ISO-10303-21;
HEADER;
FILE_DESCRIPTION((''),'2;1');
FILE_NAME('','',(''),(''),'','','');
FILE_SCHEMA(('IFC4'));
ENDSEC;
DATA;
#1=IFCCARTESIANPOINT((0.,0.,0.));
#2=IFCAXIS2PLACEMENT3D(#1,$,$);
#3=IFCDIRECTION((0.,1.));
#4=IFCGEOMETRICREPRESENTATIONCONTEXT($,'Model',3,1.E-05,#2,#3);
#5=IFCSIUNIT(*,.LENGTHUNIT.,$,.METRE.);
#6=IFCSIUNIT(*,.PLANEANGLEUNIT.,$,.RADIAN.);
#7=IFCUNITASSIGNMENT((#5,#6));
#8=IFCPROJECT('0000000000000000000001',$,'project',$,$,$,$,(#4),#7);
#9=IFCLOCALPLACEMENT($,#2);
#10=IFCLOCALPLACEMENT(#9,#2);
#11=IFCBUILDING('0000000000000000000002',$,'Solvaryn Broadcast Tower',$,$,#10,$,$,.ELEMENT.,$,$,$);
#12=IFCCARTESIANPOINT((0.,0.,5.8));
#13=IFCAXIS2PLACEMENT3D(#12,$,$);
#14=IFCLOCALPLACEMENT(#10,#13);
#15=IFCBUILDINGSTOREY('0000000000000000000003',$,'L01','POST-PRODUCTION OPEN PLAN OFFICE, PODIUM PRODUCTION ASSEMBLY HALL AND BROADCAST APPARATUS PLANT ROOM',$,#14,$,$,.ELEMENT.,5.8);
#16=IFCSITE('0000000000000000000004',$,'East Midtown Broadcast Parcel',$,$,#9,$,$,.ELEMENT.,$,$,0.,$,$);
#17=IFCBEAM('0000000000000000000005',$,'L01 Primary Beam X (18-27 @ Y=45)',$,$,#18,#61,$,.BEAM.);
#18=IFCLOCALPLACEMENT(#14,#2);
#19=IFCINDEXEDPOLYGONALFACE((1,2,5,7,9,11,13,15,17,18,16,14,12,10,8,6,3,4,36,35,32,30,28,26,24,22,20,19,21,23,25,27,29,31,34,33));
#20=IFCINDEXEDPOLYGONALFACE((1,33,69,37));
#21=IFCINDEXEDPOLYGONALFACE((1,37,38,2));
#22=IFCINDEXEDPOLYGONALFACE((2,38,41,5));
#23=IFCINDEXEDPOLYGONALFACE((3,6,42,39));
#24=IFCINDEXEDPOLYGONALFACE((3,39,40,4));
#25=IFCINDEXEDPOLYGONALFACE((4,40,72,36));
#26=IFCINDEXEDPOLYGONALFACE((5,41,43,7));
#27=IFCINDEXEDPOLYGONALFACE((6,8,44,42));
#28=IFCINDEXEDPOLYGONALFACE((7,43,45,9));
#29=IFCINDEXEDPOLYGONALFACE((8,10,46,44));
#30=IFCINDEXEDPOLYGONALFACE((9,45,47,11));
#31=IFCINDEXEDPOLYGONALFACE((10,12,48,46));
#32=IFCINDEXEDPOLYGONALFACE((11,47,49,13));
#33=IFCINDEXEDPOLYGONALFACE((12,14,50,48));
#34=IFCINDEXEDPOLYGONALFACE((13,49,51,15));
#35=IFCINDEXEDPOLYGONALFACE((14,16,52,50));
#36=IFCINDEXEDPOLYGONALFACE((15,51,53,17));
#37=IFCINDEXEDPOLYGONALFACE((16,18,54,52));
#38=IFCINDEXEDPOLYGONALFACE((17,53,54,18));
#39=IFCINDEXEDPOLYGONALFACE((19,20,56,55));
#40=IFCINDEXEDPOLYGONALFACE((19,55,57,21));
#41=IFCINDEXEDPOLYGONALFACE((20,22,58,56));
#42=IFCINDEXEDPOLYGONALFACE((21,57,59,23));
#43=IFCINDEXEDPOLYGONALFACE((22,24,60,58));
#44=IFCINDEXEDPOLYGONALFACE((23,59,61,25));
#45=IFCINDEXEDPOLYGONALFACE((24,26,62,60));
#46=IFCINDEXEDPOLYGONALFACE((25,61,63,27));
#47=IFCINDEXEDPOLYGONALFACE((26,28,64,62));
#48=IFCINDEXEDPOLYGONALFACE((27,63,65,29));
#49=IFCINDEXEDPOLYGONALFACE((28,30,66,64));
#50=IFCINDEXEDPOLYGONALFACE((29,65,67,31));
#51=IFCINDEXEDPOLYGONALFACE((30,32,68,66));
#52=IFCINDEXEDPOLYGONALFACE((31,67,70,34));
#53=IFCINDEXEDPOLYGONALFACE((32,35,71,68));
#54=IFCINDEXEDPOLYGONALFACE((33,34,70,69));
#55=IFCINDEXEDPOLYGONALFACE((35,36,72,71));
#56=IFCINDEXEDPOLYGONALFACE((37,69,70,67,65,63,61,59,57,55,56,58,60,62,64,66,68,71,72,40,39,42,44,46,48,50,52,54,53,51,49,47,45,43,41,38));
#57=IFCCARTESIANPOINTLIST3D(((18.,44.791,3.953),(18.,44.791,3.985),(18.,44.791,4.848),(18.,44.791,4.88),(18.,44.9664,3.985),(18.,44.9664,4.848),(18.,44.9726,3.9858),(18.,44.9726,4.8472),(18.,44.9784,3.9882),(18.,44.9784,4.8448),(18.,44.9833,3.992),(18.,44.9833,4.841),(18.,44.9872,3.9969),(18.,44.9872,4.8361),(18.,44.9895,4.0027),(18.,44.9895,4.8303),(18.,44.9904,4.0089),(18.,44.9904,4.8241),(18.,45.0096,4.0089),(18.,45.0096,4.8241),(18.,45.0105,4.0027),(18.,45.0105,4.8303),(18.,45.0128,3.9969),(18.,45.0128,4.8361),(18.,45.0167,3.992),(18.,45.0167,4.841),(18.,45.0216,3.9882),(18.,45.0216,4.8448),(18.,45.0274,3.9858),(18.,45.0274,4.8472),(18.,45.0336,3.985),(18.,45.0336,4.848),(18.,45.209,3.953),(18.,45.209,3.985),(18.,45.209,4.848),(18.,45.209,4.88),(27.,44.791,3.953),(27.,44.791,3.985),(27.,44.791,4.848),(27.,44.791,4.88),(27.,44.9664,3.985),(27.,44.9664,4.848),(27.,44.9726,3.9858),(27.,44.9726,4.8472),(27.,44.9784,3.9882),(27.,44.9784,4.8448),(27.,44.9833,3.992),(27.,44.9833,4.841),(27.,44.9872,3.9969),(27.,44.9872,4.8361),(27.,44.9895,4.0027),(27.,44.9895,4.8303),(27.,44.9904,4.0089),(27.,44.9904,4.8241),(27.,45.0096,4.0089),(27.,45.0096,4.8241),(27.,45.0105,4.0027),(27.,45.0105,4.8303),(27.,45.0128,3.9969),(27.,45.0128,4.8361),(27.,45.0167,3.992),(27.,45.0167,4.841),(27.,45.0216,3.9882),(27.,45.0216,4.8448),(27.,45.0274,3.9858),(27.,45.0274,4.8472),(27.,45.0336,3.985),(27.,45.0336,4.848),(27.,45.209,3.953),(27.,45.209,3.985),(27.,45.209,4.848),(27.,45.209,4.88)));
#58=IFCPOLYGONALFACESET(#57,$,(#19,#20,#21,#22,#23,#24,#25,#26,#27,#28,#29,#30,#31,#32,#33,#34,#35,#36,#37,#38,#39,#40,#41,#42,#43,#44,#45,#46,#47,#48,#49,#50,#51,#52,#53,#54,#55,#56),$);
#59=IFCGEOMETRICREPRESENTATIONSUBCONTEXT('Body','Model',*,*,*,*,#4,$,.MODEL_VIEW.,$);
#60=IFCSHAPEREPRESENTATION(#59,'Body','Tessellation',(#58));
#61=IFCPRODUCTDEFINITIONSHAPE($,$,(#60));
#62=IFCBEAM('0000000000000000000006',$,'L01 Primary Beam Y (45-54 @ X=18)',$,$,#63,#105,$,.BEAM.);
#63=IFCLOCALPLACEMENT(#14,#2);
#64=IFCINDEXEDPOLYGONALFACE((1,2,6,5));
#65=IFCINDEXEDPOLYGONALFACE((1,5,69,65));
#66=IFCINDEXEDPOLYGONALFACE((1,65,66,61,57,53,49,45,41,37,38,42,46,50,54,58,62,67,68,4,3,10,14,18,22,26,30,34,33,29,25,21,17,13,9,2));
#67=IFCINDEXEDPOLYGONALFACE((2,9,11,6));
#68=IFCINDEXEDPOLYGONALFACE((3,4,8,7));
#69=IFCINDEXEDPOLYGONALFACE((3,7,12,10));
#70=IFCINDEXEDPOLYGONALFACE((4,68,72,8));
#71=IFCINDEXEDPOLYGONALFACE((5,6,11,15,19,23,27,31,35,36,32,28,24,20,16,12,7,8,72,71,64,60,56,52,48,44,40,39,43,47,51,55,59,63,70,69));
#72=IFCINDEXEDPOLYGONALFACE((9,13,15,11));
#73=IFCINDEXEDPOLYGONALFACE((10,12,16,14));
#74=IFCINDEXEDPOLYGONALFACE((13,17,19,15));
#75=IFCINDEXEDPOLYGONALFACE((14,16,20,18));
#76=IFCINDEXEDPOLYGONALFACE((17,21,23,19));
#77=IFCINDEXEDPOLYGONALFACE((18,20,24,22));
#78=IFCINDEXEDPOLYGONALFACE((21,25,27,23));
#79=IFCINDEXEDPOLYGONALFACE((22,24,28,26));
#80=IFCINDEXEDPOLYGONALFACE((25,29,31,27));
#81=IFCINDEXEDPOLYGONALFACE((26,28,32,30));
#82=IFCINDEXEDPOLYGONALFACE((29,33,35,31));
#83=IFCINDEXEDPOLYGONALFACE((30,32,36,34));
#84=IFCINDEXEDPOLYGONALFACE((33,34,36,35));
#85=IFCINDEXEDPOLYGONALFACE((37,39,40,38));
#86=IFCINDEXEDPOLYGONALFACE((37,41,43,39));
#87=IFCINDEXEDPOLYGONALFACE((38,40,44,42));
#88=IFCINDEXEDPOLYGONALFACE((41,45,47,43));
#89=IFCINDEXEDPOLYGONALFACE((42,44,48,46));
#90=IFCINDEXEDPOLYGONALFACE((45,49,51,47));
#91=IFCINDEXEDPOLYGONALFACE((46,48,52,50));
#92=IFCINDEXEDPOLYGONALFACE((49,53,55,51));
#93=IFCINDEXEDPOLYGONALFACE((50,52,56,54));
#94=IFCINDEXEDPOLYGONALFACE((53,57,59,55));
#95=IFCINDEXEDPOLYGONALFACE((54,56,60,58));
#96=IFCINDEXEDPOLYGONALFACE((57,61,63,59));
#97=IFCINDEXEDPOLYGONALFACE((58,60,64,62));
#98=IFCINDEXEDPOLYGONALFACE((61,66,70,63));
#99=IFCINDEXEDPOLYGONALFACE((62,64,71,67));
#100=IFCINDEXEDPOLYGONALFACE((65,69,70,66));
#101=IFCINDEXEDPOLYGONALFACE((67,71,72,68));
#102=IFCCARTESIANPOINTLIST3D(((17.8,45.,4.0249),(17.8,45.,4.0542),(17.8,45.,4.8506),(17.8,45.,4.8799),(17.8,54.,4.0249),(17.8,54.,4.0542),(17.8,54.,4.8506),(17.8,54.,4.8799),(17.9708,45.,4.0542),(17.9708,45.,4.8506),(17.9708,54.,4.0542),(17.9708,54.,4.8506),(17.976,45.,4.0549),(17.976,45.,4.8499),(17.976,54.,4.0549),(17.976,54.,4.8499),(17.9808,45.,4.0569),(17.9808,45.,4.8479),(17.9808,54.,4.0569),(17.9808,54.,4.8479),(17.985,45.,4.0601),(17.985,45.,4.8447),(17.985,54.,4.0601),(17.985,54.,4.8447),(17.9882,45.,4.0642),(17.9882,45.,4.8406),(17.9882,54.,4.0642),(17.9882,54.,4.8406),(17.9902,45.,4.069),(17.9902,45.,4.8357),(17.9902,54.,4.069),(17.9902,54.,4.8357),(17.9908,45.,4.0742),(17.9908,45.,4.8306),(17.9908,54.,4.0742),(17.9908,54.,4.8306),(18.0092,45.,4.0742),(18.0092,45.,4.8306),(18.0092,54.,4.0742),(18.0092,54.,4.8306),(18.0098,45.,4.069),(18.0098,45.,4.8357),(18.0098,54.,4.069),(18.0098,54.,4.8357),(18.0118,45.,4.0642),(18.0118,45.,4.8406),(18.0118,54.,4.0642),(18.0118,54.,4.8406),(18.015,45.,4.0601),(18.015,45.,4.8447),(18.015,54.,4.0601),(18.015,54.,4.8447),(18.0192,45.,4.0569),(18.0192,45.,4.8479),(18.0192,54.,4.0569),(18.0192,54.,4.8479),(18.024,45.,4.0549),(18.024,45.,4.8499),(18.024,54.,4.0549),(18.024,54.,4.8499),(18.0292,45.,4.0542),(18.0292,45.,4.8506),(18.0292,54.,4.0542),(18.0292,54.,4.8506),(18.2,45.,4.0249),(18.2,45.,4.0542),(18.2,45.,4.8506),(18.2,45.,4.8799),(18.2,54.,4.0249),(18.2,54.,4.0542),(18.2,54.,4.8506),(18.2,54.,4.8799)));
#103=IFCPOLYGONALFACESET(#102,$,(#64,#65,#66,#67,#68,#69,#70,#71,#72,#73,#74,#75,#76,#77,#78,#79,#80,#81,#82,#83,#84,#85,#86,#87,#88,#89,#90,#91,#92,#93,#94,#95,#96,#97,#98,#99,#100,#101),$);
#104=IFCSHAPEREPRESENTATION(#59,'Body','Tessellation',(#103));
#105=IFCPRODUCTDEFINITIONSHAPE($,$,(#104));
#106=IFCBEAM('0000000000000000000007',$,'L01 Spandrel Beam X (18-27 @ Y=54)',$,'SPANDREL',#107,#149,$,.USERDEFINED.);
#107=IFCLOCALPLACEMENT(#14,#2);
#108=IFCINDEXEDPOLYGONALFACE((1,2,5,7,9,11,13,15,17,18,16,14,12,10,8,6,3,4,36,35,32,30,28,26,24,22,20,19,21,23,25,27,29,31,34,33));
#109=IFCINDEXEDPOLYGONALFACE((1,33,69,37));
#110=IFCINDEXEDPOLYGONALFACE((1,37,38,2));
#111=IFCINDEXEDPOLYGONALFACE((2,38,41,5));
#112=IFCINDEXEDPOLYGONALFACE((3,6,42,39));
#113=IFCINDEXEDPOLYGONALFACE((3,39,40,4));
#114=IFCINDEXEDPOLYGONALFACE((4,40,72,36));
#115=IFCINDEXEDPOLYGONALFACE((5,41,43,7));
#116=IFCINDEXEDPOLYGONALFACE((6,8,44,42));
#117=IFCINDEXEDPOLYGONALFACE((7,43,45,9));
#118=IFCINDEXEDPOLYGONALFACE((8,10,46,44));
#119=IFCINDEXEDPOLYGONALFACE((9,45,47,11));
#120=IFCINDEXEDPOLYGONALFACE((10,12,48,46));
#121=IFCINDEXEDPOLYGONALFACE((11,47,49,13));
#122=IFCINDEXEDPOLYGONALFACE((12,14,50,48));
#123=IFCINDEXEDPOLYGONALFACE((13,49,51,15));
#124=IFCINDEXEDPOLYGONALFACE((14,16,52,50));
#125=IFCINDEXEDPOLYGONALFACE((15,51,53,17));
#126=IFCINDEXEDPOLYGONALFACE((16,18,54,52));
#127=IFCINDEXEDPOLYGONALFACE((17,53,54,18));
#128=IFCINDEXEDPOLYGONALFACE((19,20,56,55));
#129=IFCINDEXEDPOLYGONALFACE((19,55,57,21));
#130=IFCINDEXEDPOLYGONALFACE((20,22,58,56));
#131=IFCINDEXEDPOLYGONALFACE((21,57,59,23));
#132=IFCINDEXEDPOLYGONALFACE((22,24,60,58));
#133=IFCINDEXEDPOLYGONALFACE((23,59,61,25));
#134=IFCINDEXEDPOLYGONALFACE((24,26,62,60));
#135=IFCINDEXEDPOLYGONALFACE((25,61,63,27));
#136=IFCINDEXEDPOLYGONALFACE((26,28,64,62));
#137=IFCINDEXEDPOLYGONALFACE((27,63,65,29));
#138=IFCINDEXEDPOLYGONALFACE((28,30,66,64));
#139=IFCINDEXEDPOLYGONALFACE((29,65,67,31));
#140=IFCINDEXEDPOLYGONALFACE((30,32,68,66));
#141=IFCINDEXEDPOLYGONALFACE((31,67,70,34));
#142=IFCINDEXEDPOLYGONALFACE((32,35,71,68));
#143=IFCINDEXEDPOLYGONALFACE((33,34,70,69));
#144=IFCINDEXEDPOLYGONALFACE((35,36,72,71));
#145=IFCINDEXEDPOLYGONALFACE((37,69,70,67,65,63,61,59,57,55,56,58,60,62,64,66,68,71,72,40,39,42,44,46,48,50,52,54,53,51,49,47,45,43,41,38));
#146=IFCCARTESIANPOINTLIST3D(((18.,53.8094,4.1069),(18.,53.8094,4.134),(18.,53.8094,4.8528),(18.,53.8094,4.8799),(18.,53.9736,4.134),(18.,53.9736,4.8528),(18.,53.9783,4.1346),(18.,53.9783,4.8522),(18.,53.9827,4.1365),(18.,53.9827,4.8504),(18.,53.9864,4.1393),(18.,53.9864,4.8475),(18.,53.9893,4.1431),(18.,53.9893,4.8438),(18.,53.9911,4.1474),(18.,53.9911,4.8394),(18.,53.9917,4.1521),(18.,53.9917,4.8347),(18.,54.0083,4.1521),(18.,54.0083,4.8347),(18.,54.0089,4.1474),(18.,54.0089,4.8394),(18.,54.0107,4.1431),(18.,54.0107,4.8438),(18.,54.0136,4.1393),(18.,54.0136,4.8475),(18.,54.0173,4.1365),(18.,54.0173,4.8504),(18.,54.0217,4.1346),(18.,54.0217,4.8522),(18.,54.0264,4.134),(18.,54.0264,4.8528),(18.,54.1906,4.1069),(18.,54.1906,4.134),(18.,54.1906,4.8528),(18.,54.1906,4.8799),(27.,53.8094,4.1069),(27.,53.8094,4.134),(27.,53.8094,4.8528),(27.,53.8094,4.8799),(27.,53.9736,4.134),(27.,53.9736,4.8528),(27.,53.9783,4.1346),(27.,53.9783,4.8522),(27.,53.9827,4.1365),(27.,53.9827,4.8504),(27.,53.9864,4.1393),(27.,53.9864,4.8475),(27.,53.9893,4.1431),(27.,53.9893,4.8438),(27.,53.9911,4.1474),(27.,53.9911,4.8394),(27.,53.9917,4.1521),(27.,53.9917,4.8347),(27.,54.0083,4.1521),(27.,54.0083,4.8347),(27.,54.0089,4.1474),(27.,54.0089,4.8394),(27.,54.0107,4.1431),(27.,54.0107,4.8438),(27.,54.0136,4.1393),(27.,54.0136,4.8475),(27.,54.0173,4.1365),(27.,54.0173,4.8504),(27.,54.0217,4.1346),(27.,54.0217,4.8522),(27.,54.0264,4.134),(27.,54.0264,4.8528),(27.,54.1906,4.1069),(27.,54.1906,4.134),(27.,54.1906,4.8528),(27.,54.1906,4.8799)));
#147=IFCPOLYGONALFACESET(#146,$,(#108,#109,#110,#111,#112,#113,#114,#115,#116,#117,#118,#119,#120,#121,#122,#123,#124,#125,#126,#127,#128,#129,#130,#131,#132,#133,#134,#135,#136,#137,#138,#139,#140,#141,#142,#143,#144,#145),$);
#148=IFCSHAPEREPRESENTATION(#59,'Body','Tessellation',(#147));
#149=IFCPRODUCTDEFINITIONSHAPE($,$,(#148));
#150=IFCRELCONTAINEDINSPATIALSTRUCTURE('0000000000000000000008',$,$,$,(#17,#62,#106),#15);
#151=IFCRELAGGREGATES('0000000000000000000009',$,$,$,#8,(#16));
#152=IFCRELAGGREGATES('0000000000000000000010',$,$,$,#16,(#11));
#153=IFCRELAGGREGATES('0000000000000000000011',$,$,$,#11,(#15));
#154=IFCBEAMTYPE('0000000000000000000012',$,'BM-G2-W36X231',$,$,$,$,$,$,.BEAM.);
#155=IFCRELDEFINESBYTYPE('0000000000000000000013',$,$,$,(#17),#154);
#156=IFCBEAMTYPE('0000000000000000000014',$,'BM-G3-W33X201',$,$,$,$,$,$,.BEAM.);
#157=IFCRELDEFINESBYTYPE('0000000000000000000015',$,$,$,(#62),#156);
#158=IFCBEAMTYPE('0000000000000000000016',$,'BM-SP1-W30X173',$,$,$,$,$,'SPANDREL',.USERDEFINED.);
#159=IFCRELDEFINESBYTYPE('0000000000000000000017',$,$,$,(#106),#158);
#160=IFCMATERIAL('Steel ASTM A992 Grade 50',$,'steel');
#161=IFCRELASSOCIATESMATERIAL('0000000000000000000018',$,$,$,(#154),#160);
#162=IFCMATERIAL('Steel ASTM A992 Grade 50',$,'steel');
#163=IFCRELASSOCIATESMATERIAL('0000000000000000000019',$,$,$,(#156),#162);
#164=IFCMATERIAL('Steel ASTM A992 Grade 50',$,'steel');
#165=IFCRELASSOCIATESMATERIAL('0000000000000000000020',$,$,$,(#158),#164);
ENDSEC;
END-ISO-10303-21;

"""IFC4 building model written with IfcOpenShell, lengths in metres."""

from ifc_helpers import new_model, si_unit, direction, frame, origin, origin_2d, place, context, subcontext, project, spatial, i_section, extrude, material, material_profile, profile_set, type_object, element, save


model = new_model("IFC4")

# Units and contexts
model_context = context("Model", 3, precision=1e-05, world=origin(), true_north=direction((0.0, 1.0)))
body_context = subcontext(model_context, "Body", "Model", "MODEL_VIEW")
ifc_project = project(units=[si_unit("LENGTHUNIT", "METRE"), si_unit("PLANEANGLEUNIT", "RADIAN")], contexts=[model_context])

# Site, building, storey
site_placement = place(None, origin())
site = spatial("IfcSite", under=ifc_project, at=site_placement, Name="East Midtown Broadcast Parcel", CompositionType="ELEMENT", RefElevation=0.0)
building_placement = place(site_placement, origin())
building = spatial("IfcBuilding", under=site, at=building_placement, Name="Solvaryn Broadcast Tower", CompositionType="ELEMENT")
storey_placement = place(building_placement, frame((0.0, 0.0, 5.8)))
storey = spatial("IfcBuildingStorey", under=building, at=storey_placement, Name="L01", Description="POST-PRODUCTION OPEN PLAN OFFICE, PODIUM PRODUCTION ASSEMBLY HALL AND BROADCAST APPARATUS PLANT ROOM", CompositionType="ELEMENT", Elevation=5.8)

# Beams
ifc_material_1 = material(Name="Steel ASTM A992 Grade 50", Category="steel")
ifc_material_profile_1 = material_profile(ifc_material_1, i_section(OverallWidth=0.418, OverallDepth=0.927, WebThickness=0.0193, FlangeThickness=0.032, FilletRadius=0.0239, at=origin_2d()))
ifc_profile_set_1 = profile_set([ifc_material_profile_1], Name="Steel ASTM A992 Grade 50")
beam_type_1 = type_object("IfcBeamType", Name="BM-G2-W36X231", PredefinedType="BEAM", material=ifc_profile_set_1)
beam_1_placement = place(storey_placement, frame((18.0, 45.0, 4.4165), z_axis=(1.0, 0.0, 0.0), x_axis=(0.0, 1.0, 0.0)))
element("IfcBeam", 1, at=beam_1_placement, inside=storey, type_object=beam_type_1, Name="L01 Primary Beam X (18-27 @ Y=45)", PredefinedType="BEAM", context=body_context, shape_type="SweptSolid", body=[
    extrude(i_section(OverallWidth=0.418, OverallDepth=0.927, WebThickness=0.0193, FlangeThickness=0.032, FilletRadius=0.0239, at=origin_2d()), origin(), (0.0, 0.0, 1.0), 9.0),
])
ifc_material_2 = material(Name="Steel ASTM A992 Grade 50", Category="steel")
ifc_material_profile_2 = material_profile(ifc_material_2, i_section(OverallWidth=0.3999, OverallDepth=0.855, WebThickness=0.0183, FlangeThickness=0.0293, FilletRadius=0.02, at=origin_2d()))
ifc_profile_set_2 = profile_set([ifc_material_profile_2], Name="Steel ASTM A992 Grade 50")
beam_type_2 = type_object("IfcBeamType", Name="BM-G3-W33X201", PredefinedType="BEAM", material=ifc_profile_set_2)
beam_2_placement = place(storey_placement, frame((18.0, 45.0, 4.4524), z_axis=(0.0, 1.0, 0.0), x_axis=(-1.0, 0.0, 0.0)))
element("IfcBeam", 2, at=beam_2_placement, inside=storey, type_object=beam_type_2, Name="L01 Primary Beam Y (45-54 @ X=18)", PredefinedType="BEAM", context=body_context, shape_type="SweptSolid", body=[
    extrude(i_section(OverallWidth=0.3999, OverallDepth=0.855, WebThickness=0.0183, FlangeThickness=0.0293, FilletRadius=0.02, at=origin_2d()), origin(), (0.0, 0.0, 1.0), 9.0),
])
ifc_material_3 = material(Name="Steel ASTM A992 Grade 50", Category="steel")
ifc_material_profile_3 = material_profile(ifc_material_3, i_section(OverallWidth=0.3811, OverallDepth=0.7729, WebThickness=0.0166, FlangeThickness=0.0271, FilletRadius=0.0181, at=origin_2d()))
ifc_profile_set_3 = profile_set([ifc_material_profile_3], Name="Steel ASTM A992 Grade 50")
beam_type_3 = type_object("IfcBeamType", Name="BM-SP1-W30X173", ElementType="SPANDREL", PredefinedType="USERDEFINED", material=ifc_profile_set_3)
beam_3_placement = place(storey_placement, frame((18.0, 54.0, 4.4934), z_axis=(1.0, 0.0, 0.0), x_axis=(0.0, 1.0, 0.0)))
element("IfcBeam", 3, at=beam_3_placement, inside=storey, type_object=beam_type_3, Name="L01 Spandrel Beam X (18-27 @ Y=54)", ObjectType="SPANDREL", PredefinedType="USERDEFINED", context=body_context, shape_type="SweptSolid", body=[
    extrude(i_section(OverallWidth=0.3811, OverallDepth=0.7729, WebThickness=0.0166, FlangeThickness=0.0271, FilletRadius=0.0181, at=origin_2d()), origin(), (0.0, 0.0, 1.0), 9.0),
])

save(model, "model.ifc")
